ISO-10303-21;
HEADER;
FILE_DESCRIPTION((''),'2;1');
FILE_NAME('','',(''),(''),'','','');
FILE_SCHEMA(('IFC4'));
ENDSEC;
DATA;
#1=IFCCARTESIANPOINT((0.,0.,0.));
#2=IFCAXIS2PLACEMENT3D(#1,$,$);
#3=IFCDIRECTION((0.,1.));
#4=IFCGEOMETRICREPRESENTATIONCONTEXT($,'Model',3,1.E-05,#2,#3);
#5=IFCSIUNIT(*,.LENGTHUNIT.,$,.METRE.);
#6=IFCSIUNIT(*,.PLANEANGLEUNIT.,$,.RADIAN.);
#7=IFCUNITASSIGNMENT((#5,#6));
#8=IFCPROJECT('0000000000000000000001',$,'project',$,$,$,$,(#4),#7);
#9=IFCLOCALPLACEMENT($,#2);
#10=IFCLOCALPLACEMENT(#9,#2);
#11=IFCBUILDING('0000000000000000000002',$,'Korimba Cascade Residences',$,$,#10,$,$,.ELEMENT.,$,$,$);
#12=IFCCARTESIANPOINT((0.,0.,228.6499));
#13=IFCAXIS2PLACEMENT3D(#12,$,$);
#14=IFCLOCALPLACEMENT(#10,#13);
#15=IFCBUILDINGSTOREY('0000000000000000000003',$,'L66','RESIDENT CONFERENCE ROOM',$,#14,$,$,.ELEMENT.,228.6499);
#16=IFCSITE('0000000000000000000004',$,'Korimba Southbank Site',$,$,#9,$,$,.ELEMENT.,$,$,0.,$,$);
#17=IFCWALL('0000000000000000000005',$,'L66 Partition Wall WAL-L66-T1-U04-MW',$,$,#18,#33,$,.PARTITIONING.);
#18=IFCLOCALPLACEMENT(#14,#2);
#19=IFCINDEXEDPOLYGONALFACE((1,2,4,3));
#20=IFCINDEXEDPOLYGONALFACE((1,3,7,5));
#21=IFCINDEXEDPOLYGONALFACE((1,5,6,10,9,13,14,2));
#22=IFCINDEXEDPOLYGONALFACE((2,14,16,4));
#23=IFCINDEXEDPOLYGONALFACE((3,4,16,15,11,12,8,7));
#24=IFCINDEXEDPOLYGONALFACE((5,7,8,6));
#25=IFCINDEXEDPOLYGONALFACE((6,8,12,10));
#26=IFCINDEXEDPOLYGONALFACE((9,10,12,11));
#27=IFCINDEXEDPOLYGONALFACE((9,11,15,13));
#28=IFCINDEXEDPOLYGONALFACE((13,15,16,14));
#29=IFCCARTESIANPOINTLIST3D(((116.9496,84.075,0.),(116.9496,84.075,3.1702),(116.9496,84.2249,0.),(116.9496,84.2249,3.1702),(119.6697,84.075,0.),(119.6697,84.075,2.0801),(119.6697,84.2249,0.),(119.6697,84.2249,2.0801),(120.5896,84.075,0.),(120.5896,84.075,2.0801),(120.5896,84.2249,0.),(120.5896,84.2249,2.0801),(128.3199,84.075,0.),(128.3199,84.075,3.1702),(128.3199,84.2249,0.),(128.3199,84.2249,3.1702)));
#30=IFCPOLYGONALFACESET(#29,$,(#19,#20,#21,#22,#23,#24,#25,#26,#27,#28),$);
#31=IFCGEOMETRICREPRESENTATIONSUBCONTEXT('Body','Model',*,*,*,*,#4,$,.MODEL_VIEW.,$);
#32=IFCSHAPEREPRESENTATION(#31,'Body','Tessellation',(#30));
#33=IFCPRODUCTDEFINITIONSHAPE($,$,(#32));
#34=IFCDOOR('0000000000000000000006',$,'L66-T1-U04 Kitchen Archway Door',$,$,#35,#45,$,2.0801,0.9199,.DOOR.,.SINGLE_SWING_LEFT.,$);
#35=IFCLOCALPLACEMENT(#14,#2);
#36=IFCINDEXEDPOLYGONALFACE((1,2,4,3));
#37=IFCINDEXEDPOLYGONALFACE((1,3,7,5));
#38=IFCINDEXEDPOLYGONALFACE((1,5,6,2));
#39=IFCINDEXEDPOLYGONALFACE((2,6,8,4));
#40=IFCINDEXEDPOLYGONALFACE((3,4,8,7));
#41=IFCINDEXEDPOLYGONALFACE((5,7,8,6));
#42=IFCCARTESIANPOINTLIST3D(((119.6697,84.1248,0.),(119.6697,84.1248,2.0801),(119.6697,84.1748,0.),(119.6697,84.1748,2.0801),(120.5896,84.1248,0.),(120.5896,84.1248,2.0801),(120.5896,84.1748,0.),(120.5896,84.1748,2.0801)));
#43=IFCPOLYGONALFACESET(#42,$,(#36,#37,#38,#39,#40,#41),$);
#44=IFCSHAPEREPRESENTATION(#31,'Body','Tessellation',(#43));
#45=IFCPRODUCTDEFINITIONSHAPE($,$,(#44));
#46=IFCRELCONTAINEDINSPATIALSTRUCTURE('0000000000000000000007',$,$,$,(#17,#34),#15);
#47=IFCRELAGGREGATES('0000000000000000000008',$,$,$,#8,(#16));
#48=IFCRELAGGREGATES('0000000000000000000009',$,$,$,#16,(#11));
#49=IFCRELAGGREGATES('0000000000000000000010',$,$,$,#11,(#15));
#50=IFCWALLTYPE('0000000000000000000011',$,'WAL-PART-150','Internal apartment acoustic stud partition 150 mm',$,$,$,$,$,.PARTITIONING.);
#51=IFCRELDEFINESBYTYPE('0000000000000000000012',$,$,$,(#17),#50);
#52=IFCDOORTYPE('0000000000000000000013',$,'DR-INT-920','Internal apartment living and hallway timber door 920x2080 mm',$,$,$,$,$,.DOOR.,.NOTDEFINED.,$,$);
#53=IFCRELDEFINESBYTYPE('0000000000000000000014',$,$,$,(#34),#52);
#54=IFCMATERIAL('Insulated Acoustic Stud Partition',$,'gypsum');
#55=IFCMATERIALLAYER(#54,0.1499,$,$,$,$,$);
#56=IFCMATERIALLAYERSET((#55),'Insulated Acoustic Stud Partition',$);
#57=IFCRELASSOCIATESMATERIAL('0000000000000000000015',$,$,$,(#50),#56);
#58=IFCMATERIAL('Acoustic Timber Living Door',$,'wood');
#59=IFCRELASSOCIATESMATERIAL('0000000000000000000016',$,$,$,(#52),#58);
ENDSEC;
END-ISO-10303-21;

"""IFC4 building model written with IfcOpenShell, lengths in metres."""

from ifc_helpers import new_model, si_unit, direction, frame, frame_2d, origin, place, context, subcontext, project, spatial, rectangle, extrude, material, layer, layer_set, type_object, element, fill, save


model = new_model("IFC4")

# Units and contexts
model_context = context("Model", 3, precision=1e-05, world=origin(), true_north=direction((0.0, 1.0)))
body_context = subcontext(model_context, "Body", "Model", "MODEL_VIEW")
ifc_project = project(units=[si_unit("LENGTHUNIT", "METRE"), si_unit("PLANEANGLEUNIT", "RADIAN")], contexts=[model_context])

# Site, building, storey
site_placement = place(None, origin())
site = spatial("IfcSite", under=ifc_project, at=site_placement, Name="Korimba Southbank Site", CompositionType="ELEMENT", RefElevation=0.0)
building_placement = place(site_placement, origin())
building = spatial("IfcBuilding", under=site, at=building_placement, Name="Korimba Cascade Residences", CompositionType="ELEMENT")
storey_placement = place(building_placement, frame((0.0, 0.0, 228.6499)))
storey = spatial("IfcBuildingStorey", under=building, at=storey_placement, Name="L66", Description="RESIDENT CONFERENCE ROOM", CompositionType="ELEMENT", Elevation=228.6499)

# Shared definitions
ifc_material_1 = material(Name="Insulated Acoustic Stud Partition", Category="gypsum")
ifc_layer_1 = layer(ifc_material_1, 0.1499)
ifc_layer_set_1 = layer_set([ifc_layer_1], Name="Insulated Acoustic Stud Partition")
wall_type_1 = type_object("IfcWallType", Name="WAL-PART-150", Description="Internal apartment acoustic stud partition 150 mm", PredefinedType="PARTITIONING", material=ifc_layer_set_1)

# Wall, opening, door
wall_1_placement = place(storey_placement, frame((116.9497, 84.1499, 0.0), z_axis=(0.0, 0.0, 1.0), x_axis=(1.0, 0.0, 0.0)))
wall_1 = element("IfcWall", 1, at=wall_1_placement, inside=storey, type_object=wall_type_1, Name="L66 Partition Wall WAL-L66-T1-U04-MW", PredefinedType="PARTITIONING", context=body_context, shape_type="SweptSolid", body=[
    extrude(rectangle(XDim=11.3704, YDim=0.1499, at=frame_2d((5.6851, 0.0))), origin(), (0.0, 0.0, 1.0), 3.1702),
])
opening_1_placement = place(wall_1_placement, frame((2.72, 0.0, 0.0)))
opening_1 = element("IfcOpeningElement", 2, at=opening_1_placement, cuts=wall_1, PredefinedType="OPENING", context=body_context, shape_type="SweptSolid", body=[
    extrude(rectangle(XDim=0.9199, YDim=2.0801, at=frame_2d((0.46, 1.04))), frame((0.0, 0.085, 0.0), z_axis=(0.0, -1.0, 0.0), x_axis=(1.0, 0.0, 0.0)), (0.0, 0.0, 1.0), 0.1699),
])
ifc_material_2 = material(Name="Acoustic Timber Living Door", Category="wood")
door_type_1 = type_object("IfcDoorType", Name="DR-INT-920", Description="Internal apartment living and hallway timber door 920x2080 mm", OperationType="NOTDEFINED", PredefinedType="DOOR", material=ifc_material_2)
door_1_placement = place(opening_1_placement, origin())
door_1 = element("IfcDoor", 3, at=door_1_placement, inside=storey, type_object=door_type_1, Name="L66-T1-U04 Kitchen Archway Door", OperationType="SINGLE_SWING_LEFT", OverallHeight=2.0801, OverallWidth=0.9199, PredefinedType="DOOR", context=body_context, shape_type="SweptSolid", body=[
    extrude(rectangle(XDim=0.9199, YDim=2.0801, at=frame_2d((0.46, 1.04))), frame((0.0, 0.0249, 0.0), z_axis=(0.0, -1.0, 0.0), x_axis=(1.0, 0.0, 0.0)), (0.0, 0.0, 1.0), 0.05),
])
fill(opening_1, door_1)

save(model, "model.ifc")
